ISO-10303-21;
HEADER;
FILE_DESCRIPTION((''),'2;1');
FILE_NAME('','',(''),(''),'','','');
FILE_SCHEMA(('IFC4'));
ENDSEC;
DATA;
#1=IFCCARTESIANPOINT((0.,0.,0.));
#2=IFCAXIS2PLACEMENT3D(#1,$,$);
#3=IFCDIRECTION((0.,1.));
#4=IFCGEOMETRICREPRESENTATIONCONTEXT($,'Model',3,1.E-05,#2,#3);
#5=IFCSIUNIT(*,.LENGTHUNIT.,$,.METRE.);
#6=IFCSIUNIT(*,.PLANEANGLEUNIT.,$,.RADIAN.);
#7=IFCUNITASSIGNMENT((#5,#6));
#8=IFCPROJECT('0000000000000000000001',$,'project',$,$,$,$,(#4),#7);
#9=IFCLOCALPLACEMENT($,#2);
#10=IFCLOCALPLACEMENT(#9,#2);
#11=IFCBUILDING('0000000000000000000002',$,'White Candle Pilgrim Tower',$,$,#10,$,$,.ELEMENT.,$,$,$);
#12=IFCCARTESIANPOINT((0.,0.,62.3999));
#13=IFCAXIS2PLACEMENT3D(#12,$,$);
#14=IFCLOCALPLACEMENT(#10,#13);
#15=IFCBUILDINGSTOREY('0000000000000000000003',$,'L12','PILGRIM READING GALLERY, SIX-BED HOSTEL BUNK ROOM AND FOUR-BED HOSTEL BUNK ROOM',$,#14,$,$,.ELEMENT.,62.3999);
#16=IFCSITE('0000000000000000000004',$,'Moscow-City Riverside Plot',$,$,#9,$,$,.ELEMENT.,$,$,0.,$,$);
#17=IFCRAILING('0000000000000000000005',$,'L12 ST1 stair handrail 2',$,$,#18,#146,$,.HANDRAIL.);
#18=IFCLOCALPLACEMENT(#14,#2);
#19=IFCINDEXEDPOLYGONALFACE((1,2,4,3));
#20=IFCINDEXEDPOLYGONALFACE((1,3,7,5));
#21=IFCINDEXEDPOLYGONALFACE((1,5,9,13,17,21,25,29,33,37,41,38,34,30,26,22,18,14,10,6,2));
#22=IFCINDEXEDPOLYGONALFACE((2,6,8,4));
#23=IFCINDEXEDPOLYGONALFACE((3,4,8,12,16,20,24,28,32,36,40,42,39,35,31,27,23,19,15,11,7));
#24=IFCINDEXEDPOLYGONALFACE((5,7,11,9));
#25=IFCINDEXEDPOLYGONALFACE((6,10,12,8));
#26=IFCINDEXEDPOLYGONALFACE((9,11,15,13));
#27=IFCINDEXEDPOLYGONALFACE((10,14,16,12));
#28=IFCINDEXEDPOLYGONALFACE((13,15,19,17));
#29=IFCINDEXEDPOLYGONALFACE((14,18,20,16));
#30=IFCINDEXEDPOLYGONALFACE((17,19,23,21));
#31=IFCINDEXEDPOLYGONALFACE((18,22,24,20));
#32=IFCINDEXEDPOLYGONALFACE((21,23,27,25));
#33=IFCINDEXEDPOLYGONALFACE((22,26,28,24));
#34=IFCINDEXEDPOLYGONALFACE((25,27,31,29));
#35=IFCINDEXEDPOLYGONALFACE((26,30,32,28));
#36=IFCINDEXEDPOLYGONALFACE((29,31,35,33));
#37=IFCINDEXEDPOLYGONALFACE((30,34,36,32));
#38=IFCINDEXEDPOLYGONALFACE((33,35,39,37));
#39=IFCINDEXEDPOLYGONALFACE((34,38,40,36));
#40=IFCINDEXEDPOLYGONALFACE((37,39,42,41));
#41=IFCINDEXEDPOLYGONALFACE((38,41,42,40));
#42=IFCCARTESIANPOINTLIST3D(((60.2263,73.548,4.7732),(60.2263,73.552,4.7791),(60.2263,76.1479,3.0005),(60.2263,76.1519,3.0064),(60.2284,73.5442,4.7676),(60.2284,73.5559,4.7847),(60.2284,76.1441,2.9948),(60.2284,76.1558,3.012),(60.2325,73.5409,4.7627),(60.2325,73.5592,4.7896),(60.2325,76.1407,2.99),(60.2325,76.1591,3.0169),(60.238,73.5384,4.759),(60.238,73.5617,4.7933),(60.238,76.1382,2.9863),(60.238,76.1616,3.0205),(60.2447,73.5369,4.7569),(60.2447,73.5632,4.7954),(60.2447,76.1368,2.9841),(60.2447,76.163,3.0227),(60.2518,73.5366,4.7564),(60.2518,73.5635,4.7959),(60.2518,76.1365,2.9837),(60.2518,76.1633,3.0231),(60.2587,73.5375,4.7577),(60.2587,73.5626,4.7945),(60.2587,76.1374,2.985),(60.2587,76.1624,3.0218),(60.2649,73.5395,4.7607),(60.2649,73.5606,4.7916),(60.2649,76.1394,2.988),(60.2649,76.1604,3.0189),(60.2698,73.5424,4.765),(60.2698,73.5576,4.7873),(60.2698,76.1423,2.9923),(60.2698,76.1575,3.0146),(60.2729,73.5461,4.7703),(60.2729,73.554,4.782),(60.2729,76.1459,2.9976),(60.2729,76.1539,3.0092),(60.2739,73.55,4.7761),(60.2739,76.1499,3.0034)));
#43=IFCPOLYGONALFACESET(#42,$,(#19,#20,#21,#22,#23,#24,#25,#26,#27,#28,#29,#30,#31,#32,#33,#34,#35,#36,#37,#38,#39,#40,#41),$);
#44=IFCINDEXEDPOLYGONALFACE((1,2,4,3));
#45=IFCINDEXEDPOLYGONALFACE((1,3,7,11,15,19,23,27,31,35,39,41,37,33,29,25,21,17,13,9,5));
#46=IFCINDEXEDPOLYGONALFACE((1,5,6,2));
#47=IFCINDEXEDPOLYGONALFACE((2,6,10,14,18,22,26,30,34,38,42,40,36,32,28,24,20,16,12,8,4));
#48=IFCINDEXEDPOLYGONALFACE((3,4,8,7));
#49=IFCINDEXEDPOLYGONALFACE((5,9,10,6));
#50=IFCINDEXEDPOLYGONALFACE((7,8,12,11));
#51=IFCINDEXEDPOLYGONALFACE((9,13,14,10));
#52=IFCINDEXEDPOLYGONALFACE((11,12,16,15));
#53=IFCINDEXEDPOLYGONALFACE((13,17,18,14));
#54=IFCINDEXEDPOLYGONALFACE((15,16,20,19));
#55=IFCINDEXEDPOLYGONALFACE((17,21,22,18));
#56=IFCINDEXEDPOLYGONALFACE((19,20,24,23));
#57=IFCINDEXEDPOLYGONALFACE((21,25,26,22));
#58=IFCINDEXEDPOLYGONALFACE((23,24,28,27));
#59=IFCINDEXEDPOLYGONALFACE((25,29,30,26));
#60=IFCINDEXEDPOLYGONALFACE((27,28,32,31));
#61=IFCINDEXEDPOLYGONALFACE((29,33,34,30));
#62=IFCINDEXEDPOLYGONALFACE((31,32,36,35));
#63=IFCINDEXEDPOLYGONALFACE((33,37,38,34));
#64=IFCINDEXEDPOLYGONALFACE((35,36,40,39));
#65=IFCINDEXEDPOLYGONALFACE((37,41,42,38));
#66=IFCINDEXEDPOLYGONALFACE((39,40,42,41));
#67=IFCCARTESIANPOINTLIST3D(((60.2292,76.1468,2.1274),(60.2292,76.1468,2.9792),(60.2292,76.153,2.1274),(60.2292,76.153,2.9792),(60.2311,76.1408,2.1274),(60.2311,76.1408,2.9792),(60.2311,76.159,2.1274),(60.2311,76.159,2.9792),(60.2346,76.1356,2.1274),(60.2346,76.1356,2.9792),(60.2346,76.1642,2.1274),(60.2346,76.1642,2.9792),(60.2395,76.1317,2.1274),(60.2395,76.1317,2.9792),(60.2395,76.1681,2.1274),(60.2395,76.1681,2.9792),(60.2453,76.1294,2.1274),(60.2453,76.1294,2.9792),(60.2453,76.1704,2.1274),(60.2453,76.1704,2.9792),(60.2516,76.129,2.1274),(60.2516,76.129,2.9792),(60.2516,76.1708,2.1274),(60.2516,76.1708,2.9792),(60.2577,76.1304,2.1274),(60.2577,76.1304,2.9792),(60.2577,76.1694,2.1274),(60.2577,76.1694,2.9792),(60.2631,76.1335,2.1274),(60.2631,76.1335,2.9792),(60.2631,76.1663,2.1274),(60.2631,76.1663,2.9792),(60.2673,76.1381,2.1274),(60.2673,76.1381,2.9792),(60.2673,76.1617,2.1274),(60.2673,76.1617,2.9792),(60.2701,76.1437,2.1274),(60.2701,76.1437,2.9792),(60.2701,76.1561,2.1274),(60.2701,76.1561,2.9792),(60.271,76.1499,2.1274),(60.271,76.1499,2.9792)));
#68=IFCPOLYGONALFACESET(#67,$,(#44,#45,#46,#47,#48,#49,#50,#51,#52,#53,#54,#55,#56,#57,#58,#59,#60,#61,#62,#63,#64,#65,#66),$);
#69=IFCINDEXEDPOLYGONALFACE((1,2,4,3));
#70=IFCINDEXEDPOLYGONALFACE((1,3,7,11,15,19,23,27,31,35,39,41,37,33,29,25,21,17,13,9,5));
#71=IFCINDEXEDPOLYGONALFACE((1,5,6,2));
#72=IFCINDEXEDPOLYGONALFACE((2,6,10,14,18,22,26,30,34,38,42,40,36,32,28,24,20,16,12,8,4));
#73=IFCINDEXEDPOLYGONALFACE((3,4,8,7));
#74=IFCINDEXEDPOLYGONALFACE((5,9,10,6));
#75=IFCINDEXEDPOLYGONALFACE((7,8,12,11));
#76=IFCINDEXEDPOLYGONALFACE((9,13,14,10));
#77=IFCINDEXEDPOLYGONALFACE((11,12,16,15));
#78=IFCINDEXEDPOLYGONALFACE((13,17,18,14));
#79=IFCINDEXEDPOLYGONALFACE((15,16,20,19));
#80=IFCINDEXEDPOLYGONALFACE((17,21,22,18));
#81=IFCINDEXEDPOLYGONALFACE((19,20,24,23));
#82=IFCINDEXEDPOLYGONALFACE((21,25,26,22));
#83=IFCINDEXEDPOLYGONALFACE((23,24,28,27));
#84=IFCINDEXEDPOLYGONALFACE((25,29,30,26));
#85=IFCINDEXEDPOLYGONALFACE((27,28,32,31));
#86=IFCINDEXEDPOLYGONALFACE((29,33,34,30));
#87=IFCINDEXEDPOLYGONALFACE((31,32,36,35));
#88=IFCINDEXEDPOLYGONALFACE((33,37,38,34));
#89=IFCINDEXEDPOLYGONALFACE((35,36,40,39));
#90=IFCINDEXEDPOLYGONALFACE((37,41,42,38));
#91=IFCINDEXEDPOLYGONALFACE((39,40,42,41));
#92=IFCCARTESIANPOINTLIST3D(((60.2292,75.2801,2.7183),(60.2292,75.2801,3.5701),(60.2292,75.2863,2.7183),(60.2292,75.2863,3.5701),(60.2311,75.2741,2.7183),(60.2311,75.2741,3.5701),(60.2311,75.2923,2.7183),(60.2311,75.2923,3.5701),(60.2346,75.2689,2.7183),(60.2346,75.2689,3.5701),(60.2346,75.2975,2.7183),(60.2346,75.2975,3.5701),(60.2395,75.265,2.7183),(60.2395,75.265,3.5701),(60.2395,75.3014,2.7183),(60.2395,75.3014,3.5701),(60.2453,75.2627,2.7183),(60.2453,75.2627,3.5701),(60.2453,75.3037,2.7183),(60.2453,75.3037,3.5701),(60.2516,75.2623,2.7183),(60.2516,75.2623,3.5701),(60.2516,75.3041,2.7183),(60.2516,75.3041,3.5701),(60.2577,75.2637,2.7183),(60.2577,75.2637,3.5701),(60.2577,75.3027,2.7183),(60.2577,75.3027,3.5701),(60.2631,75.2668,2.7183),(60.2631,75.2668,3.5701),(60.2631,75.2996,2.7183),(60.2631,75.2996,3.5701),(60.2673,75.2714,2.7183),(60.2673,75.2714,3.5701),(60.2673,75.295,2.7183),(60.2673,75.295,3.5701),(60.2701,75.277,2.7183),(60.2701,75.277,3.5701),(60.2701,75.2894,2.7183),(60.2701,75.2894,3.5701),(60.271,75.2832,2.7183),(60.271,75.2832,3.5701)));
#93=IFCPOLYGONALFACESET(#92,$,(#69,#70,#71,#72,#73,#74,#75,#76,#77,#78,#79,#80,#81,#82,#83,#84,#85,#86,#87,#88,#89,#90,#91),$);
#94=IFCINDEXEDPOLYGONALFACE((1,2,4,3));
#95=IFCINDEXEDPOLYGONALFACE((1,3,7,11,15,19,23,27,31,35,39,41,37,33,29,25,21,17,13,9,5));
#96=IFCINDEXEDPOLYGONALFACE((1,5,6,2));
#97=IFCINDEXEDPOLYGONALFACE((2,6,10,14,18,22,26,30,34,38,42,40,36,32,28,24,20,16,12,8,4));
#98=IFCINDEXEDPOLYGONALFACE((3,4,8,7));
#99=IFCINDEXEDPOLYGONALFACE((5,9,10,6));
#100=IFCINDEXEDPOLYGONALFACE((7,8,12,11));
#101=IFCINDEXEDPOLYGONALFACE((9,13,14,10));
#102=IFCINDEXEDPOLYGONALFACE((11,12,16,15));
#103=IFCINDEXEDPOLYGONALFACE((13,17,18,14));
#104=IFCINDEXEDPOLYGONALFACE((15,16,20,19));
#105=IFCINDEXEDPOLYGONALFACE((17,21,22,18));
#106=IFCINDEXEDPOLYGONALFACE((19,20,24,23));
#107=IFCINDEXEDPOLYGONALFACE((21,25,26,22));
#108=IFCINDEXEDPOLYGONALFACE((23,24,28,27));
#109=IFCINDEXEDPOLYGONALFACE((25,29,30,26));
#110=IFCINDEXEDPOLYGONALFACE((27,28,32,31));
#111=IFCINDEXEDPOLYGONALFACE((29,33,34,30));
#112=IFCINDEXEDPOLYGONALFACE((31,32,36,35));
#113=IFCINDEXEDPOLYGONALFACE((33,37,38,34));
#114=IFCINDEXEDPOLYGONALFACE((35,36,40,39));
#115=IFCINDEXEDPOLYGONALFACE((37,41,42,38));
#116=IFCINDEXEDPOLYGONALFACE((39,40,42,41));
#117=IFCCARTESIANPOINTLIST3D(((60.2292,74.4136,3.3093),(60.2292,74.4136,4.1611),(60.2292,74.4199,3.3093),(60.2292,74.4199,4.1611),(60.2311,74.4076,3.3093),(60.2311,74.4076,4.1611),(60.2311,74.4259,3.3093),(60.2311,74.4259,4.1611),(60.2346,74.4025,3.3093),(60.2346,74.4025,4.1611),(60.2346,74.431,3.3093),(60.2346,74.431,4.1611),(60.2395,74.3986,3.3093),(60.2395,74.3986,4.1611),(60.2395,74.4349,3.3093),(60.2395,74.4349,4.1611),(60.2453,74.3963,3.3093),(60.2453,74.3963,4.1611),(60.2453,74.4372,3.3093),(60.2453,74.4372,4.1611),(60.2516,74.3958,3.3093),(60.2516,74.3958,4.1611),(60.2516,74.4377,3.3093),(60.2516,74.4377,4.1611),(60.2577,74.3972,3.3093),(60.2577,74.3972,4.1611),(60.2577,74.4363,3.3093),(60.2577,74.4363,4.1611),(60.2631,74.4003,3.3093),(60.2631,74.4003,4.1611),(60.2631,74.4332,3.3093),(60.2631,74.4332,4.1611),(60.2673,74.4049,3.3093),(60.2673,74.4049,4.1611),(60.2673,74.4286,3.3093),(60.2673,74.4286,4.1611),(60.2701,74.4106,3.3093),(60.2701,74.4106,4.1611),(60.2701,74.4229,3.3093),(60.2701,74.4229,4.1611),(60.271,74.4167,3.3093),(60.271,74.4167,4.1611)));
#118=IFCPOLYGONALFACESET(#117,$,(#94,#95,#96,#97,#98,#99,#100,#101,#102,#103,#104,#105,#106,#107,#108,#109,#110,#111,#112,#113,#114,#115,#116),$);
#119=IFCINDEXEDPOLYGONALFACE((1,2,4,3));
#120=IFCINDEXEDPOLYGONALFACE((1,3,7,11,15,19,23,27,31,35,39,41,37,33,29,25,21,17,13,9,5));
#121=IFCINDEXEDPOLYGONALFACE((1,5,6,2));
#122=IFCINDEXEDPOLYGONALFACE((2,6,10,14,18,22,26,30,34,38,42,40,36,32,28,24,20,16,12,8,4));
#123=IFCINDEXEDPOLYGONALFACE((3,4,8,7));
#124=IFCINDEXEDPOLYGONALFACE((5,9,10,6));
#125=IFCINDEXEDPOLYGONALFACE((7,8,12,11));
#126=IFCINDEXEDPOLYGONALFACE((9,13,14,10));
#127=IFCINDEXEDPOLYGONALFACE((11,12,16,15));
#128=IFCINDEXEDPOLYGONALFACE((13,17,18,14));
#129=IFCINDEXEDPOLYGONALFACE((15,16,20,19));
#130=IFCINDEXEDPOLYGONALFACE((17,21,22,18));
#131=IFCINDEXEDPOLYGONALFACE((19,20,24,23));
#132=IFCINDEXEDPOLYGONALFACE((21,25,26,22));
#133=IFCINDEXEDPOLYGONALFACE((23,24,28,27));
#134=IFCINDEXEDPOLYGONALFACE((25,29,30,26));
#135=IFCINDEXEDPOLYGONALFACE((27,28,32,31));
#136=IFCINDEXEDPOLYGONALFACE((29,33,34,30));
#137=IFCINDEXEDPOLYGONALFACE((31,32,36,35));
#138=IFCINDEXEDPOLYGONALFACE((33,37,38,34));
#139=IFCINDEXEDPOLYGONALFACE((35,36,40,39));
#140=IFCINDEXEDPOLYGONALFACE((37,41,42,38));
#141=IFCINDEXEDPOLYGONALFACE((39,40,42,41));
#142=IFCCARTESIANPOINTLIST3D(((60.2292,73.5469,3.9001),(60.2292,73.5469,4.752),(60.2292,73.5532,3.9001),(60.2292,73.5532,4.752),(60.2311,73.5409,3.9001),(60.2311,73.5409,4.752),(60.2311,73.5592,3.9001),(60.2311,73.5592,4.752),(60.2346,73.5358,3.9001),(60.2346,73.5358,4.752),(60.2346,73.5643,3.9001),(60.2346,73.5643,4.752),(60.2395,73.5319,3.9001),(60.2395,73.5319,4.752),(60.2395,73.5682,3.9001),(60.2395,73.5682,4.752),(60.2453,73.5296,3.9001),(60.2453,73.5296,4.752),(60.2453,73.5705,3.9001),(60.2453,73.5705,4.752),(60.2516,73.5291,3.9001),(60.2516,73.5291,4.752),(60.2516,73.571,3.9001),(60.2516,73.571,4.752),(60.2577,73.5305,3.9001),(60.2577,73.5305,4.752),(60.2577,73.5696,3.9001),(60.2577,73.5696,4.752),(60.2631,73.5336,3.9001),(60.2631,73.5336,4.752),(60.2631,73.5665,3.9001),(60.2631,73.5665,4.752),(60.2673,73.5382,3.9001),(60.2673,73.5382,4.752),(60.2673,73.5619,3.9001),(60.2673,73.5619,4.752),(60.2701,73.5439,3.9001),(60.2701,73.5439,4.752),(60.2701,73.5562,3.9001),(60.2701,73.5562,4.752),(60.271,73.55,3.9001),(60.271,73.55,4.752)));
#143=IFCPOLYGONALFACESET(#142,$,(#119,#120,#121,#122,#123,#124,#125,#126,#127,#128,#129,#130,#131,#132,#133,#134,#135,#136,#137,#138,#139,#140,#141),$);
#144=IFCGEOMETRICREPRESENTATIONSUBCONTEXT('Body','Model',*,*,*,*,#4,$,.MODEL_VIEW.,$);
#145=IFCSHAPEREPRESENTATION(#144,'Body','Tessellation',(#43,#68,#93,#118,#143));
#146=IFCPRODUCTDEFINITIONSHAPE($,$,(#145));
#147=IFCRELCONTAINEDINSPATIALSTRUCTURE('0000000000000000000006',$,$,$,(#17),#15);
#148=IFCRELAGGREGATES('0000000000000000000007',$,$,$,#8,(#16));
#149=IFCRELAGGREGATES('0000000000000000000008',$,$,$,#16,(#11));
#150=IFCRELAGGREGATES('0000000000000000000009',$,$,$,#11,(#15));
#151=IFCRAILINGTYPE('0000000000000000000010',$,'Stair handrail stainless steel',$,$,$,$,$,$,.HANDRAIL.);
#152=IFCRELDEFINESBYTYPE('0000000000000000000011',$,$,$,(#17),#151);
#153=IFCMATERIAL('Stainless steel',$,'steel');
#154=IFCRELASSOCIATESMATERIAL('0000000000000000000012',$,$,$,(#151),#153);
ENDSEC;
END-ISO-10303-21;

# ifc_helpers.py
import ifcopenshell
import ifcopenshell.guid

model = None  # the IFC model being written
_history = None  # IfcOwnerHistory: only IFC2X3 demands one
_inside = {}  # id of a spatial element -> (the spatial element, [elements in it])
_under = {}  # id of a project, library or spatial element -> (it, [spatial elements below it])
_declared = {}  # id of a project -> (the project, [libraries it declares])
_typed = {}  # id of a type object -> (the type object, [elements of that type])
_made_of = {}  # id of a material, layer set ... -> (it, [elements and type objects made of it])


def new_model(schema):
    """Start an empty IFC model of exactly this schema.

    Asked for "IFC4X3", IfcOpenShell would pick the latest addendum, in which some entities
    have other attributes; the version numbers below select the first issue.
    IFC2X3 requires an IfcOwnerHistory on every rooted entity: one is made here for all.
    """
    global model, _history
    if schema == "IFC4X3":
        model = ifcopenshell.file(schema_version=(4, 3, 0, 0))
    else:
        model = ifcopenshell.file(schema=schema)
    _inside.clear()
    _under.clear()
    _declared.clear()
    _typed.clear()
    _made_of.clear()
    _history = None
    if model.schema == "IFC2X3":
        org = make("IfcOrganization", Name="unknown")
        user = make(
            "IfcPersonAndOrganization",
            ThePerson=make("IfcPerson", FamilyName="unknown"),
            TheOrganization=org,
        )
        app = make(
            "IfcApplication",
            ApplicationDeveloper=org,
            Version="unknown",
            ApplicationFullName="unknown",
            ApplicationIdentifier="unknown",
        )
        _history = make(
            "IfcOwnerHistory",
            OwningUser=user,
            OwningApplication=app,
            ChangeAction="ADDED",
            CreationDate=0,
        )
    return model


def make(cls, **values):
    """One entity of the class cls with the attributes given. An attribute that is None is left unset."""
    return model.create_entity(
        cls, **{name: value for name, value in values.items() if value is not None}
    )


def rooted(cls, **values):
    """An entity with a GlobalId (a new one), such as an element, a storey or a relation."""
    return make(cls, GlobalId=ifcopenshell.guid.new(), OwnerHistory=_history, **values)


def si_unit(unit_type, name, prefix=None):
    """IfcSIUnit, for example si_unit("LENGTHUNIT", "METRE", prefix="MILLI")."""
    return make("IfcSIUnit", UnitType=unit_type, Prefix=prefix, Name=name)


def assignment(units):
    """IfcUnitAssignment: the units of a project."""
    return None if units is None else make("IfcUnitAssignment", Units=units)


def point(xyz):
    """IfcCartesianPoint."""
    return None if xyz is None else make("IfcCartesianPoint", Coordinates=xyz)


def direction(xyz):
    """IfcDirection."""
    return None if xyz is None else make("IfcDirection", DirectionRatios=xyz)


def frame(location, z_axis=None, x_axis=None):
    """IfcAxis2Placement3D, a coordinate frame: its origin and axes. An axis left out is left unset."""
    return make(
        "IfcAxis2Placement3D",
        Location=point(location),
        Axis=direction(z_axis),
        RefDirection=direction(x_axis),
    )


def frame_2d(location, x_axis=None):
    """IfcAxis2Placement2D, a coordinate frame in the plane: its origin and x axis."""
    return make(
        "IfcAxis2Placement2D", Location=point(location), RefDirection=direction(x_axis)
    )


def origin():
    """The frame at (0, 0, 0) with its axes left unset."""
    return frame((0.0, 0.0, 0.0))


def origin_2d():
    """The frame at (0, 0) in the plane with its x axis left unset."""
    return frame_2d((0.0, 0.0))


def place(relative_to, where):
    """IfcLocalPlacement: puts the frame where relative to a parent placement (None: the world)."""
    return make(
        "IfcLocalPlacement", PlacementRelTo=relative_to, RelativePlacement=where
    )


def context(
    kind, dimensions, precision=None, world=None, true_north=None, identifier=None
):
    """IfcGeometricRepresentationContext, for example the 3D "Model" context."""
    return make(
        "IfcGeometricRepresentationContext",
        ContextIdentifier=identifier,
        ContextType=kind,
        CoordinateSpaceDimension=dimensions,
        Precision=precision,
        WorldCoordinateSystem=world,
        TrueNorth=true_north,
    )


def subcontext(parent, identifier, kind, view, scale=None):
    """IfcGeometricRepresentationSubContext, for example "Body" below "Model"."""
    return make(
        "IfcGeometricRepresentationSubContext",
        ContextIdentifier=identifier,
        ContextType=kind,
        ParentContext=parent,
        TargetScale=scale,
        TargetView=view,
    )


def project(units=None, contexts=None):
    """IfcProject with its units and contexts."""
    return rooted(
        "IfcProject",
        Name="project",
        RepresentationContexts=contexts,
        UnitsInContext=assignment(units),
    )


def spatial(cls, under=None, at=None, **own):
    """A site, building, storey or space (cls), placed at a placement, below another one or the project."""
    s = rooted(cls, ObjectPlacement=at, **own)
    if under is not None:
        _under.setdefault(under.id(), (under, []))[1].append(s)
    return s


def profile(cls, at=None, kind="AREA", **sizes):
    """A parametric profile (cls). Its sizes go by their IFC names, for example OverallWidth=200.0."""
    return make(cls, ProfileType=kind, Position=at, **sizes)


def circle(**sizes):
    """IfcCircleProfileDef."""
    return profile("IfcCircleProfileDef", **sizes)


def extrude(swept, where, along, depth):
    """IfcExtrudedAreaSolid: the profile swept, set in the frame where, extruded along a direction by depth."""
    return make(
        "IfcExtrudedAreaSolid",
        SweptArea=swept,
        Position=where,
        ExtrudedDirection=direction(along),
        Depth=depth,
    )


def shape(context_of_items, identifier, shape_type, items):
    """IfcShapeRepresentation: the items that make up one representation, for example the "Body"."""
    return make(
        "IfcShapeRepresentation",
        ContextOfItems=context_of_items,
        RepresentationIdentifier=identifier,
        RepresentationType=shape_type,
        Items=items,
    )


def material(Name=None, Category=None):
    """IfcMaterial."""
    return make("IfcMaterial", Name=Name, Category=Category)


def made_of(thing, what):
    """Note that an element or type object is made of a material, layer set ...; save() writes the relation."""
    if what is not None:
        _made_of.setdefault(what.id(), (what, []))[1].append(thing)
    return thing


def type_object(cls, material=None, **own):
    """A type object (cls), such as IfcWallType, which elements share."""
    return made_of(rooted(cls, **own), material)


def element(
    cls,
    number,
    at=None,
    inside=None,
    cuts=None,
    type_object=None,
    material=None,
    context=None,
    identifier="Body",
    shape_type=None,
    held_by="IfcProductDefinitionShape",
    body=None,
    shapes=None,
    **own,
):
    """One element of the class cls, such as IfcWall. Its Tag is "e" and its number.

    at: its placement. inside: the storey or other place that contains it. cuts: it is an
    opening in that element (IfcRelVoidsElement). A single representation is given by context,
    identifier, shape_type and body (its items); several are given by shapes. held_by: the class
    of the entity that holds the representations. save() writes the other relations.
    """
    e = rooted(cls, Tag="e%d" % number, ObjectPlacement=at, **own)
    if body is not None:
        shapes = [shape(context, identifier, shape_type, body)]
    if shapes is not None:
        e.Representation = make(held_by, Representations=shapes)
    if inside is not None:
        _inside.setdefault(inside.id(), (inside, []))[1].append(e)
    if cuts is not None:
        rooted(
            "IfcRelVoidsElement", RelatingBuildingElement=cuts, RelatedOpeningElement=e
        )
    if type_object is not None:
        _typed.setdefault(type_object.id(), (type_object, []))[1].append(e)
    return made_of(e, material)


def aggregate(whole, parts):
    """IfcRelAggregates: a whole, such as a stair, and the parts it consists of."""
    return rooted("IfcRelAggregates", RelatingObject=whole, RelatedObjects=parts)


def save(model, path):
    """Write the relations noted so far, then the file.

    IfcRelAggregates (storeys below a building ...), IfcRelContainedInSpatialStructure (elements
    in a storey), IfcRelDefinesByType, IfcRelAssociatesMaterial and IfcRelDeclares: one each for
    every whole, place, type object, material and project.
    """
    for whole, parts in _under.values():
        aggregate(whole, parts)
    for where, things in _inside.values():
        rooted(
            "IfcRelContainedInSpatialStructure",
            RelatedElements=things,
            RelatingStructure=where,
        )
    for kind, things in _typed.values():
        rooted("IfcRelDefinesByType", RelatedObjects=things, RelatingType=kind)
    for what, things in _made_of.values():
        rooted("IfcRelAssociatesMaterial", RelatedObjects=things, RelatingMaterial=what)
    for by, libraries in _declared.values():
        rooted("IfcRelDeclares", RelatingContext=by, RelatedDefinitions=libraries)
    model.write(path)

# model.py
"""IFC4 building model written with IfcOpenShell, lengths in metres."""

from ifc_helpers import new_model, si_unit, direction, frame, origin, origin_2d, place, context, subcontext, project, spatial, circle, extrude, material, type_object, element, save


model = new_model("IFC4")

# Units and contexts
model_context = context("Model", 3, precision=1e-05, world=origin(), true_north=direction((0.0, 1.0)))
body_context = subcontext(model_context, "Body", "Model", "MODEL_VIEW")
ifc_project = project(units=[si_unit("LENGTHUNIT", "METRE"), si_unit("PLANEANGLEUNIT", "RADIAN")], contexts=[model_context])

# Site, building, storey
site_placement = place(None, origin())
site = spatial("IfcSite", under=ifc_project, at=site_placement, Name="Moscow-City Riverside Plot", CompositionType="ELEMENT", RefElevation=0.0)
building_placement = place(site_placement, origin())
building = spatial("IfcBuilding", under=site, at=building_placement, Name="White Candle Pilgrim Tower", CompositionType="ELEMENT")
storey_placement = place(building_placement, frame((0.0, 0.0, 62.3999)))
storey = spatial("IfcBuildingStorey", under=building, at=storey_placement, Name="L12", Description="PILGRIM READING GALLERY, SIX-BED HOSTEL BUNK ROOM AND FOUR-BED HOSTEL BUNK ROOM", CompositionType="ELEMENT", Elevation=62.3999)

# Railing
ifc_material_1 = material(Name="Stainless steel", Category="steel")
railing_type_1 = type_object("IfcRailingType", Name="Stair handrail stainless steel", PredefinedType="HANDRAIL", material=ifc_material_1)
railing_1_placement = place(storey_placement, frame((60.25, 76.1499, 2.1274)))
element("IfcRailing", 1, at=railing_1_placement, inside=storey, type_object=railing_type_1, Name="L12 ST1 stair handrail 2", PredefinedType="HANDRAIL", context=body_context, shape_type="SweptSolid", body=[
    extrude(circle(Radius=0.0239, at=origin_2d()), frame((0.0, 0.0, 0.876), z_axis=(0.0, -0.826216, 0.563354), x_axis=(1.0, 0.0, 0.0)), (0.0, 0.0, 1.0), 3.1467),
    extrude(circle(Radius=0.021, at=origin_2d()), origin(), (0.0, 0.0, 1.0), 0.8518),
    extrude(circle(Radius=0.021, at=origin_2d()), frame((0.0, -0.8667, 0.5908)), (0.0, 0.0, 1.0), 0.8518),
    extrude(circle(Radius=0.021, at=origin_2d()), frame((0.0, -1.7332, 1.1819)), (0.0, 0.0, 1.0), 0.8518),
    extrude(circle(Radius=0.021, at=origin_2d()), frame((0.0, -2.5999, 1.7727)), (0.0, 0.0, 1.0), 0.8518),
])

save(model, "model.ifc")
